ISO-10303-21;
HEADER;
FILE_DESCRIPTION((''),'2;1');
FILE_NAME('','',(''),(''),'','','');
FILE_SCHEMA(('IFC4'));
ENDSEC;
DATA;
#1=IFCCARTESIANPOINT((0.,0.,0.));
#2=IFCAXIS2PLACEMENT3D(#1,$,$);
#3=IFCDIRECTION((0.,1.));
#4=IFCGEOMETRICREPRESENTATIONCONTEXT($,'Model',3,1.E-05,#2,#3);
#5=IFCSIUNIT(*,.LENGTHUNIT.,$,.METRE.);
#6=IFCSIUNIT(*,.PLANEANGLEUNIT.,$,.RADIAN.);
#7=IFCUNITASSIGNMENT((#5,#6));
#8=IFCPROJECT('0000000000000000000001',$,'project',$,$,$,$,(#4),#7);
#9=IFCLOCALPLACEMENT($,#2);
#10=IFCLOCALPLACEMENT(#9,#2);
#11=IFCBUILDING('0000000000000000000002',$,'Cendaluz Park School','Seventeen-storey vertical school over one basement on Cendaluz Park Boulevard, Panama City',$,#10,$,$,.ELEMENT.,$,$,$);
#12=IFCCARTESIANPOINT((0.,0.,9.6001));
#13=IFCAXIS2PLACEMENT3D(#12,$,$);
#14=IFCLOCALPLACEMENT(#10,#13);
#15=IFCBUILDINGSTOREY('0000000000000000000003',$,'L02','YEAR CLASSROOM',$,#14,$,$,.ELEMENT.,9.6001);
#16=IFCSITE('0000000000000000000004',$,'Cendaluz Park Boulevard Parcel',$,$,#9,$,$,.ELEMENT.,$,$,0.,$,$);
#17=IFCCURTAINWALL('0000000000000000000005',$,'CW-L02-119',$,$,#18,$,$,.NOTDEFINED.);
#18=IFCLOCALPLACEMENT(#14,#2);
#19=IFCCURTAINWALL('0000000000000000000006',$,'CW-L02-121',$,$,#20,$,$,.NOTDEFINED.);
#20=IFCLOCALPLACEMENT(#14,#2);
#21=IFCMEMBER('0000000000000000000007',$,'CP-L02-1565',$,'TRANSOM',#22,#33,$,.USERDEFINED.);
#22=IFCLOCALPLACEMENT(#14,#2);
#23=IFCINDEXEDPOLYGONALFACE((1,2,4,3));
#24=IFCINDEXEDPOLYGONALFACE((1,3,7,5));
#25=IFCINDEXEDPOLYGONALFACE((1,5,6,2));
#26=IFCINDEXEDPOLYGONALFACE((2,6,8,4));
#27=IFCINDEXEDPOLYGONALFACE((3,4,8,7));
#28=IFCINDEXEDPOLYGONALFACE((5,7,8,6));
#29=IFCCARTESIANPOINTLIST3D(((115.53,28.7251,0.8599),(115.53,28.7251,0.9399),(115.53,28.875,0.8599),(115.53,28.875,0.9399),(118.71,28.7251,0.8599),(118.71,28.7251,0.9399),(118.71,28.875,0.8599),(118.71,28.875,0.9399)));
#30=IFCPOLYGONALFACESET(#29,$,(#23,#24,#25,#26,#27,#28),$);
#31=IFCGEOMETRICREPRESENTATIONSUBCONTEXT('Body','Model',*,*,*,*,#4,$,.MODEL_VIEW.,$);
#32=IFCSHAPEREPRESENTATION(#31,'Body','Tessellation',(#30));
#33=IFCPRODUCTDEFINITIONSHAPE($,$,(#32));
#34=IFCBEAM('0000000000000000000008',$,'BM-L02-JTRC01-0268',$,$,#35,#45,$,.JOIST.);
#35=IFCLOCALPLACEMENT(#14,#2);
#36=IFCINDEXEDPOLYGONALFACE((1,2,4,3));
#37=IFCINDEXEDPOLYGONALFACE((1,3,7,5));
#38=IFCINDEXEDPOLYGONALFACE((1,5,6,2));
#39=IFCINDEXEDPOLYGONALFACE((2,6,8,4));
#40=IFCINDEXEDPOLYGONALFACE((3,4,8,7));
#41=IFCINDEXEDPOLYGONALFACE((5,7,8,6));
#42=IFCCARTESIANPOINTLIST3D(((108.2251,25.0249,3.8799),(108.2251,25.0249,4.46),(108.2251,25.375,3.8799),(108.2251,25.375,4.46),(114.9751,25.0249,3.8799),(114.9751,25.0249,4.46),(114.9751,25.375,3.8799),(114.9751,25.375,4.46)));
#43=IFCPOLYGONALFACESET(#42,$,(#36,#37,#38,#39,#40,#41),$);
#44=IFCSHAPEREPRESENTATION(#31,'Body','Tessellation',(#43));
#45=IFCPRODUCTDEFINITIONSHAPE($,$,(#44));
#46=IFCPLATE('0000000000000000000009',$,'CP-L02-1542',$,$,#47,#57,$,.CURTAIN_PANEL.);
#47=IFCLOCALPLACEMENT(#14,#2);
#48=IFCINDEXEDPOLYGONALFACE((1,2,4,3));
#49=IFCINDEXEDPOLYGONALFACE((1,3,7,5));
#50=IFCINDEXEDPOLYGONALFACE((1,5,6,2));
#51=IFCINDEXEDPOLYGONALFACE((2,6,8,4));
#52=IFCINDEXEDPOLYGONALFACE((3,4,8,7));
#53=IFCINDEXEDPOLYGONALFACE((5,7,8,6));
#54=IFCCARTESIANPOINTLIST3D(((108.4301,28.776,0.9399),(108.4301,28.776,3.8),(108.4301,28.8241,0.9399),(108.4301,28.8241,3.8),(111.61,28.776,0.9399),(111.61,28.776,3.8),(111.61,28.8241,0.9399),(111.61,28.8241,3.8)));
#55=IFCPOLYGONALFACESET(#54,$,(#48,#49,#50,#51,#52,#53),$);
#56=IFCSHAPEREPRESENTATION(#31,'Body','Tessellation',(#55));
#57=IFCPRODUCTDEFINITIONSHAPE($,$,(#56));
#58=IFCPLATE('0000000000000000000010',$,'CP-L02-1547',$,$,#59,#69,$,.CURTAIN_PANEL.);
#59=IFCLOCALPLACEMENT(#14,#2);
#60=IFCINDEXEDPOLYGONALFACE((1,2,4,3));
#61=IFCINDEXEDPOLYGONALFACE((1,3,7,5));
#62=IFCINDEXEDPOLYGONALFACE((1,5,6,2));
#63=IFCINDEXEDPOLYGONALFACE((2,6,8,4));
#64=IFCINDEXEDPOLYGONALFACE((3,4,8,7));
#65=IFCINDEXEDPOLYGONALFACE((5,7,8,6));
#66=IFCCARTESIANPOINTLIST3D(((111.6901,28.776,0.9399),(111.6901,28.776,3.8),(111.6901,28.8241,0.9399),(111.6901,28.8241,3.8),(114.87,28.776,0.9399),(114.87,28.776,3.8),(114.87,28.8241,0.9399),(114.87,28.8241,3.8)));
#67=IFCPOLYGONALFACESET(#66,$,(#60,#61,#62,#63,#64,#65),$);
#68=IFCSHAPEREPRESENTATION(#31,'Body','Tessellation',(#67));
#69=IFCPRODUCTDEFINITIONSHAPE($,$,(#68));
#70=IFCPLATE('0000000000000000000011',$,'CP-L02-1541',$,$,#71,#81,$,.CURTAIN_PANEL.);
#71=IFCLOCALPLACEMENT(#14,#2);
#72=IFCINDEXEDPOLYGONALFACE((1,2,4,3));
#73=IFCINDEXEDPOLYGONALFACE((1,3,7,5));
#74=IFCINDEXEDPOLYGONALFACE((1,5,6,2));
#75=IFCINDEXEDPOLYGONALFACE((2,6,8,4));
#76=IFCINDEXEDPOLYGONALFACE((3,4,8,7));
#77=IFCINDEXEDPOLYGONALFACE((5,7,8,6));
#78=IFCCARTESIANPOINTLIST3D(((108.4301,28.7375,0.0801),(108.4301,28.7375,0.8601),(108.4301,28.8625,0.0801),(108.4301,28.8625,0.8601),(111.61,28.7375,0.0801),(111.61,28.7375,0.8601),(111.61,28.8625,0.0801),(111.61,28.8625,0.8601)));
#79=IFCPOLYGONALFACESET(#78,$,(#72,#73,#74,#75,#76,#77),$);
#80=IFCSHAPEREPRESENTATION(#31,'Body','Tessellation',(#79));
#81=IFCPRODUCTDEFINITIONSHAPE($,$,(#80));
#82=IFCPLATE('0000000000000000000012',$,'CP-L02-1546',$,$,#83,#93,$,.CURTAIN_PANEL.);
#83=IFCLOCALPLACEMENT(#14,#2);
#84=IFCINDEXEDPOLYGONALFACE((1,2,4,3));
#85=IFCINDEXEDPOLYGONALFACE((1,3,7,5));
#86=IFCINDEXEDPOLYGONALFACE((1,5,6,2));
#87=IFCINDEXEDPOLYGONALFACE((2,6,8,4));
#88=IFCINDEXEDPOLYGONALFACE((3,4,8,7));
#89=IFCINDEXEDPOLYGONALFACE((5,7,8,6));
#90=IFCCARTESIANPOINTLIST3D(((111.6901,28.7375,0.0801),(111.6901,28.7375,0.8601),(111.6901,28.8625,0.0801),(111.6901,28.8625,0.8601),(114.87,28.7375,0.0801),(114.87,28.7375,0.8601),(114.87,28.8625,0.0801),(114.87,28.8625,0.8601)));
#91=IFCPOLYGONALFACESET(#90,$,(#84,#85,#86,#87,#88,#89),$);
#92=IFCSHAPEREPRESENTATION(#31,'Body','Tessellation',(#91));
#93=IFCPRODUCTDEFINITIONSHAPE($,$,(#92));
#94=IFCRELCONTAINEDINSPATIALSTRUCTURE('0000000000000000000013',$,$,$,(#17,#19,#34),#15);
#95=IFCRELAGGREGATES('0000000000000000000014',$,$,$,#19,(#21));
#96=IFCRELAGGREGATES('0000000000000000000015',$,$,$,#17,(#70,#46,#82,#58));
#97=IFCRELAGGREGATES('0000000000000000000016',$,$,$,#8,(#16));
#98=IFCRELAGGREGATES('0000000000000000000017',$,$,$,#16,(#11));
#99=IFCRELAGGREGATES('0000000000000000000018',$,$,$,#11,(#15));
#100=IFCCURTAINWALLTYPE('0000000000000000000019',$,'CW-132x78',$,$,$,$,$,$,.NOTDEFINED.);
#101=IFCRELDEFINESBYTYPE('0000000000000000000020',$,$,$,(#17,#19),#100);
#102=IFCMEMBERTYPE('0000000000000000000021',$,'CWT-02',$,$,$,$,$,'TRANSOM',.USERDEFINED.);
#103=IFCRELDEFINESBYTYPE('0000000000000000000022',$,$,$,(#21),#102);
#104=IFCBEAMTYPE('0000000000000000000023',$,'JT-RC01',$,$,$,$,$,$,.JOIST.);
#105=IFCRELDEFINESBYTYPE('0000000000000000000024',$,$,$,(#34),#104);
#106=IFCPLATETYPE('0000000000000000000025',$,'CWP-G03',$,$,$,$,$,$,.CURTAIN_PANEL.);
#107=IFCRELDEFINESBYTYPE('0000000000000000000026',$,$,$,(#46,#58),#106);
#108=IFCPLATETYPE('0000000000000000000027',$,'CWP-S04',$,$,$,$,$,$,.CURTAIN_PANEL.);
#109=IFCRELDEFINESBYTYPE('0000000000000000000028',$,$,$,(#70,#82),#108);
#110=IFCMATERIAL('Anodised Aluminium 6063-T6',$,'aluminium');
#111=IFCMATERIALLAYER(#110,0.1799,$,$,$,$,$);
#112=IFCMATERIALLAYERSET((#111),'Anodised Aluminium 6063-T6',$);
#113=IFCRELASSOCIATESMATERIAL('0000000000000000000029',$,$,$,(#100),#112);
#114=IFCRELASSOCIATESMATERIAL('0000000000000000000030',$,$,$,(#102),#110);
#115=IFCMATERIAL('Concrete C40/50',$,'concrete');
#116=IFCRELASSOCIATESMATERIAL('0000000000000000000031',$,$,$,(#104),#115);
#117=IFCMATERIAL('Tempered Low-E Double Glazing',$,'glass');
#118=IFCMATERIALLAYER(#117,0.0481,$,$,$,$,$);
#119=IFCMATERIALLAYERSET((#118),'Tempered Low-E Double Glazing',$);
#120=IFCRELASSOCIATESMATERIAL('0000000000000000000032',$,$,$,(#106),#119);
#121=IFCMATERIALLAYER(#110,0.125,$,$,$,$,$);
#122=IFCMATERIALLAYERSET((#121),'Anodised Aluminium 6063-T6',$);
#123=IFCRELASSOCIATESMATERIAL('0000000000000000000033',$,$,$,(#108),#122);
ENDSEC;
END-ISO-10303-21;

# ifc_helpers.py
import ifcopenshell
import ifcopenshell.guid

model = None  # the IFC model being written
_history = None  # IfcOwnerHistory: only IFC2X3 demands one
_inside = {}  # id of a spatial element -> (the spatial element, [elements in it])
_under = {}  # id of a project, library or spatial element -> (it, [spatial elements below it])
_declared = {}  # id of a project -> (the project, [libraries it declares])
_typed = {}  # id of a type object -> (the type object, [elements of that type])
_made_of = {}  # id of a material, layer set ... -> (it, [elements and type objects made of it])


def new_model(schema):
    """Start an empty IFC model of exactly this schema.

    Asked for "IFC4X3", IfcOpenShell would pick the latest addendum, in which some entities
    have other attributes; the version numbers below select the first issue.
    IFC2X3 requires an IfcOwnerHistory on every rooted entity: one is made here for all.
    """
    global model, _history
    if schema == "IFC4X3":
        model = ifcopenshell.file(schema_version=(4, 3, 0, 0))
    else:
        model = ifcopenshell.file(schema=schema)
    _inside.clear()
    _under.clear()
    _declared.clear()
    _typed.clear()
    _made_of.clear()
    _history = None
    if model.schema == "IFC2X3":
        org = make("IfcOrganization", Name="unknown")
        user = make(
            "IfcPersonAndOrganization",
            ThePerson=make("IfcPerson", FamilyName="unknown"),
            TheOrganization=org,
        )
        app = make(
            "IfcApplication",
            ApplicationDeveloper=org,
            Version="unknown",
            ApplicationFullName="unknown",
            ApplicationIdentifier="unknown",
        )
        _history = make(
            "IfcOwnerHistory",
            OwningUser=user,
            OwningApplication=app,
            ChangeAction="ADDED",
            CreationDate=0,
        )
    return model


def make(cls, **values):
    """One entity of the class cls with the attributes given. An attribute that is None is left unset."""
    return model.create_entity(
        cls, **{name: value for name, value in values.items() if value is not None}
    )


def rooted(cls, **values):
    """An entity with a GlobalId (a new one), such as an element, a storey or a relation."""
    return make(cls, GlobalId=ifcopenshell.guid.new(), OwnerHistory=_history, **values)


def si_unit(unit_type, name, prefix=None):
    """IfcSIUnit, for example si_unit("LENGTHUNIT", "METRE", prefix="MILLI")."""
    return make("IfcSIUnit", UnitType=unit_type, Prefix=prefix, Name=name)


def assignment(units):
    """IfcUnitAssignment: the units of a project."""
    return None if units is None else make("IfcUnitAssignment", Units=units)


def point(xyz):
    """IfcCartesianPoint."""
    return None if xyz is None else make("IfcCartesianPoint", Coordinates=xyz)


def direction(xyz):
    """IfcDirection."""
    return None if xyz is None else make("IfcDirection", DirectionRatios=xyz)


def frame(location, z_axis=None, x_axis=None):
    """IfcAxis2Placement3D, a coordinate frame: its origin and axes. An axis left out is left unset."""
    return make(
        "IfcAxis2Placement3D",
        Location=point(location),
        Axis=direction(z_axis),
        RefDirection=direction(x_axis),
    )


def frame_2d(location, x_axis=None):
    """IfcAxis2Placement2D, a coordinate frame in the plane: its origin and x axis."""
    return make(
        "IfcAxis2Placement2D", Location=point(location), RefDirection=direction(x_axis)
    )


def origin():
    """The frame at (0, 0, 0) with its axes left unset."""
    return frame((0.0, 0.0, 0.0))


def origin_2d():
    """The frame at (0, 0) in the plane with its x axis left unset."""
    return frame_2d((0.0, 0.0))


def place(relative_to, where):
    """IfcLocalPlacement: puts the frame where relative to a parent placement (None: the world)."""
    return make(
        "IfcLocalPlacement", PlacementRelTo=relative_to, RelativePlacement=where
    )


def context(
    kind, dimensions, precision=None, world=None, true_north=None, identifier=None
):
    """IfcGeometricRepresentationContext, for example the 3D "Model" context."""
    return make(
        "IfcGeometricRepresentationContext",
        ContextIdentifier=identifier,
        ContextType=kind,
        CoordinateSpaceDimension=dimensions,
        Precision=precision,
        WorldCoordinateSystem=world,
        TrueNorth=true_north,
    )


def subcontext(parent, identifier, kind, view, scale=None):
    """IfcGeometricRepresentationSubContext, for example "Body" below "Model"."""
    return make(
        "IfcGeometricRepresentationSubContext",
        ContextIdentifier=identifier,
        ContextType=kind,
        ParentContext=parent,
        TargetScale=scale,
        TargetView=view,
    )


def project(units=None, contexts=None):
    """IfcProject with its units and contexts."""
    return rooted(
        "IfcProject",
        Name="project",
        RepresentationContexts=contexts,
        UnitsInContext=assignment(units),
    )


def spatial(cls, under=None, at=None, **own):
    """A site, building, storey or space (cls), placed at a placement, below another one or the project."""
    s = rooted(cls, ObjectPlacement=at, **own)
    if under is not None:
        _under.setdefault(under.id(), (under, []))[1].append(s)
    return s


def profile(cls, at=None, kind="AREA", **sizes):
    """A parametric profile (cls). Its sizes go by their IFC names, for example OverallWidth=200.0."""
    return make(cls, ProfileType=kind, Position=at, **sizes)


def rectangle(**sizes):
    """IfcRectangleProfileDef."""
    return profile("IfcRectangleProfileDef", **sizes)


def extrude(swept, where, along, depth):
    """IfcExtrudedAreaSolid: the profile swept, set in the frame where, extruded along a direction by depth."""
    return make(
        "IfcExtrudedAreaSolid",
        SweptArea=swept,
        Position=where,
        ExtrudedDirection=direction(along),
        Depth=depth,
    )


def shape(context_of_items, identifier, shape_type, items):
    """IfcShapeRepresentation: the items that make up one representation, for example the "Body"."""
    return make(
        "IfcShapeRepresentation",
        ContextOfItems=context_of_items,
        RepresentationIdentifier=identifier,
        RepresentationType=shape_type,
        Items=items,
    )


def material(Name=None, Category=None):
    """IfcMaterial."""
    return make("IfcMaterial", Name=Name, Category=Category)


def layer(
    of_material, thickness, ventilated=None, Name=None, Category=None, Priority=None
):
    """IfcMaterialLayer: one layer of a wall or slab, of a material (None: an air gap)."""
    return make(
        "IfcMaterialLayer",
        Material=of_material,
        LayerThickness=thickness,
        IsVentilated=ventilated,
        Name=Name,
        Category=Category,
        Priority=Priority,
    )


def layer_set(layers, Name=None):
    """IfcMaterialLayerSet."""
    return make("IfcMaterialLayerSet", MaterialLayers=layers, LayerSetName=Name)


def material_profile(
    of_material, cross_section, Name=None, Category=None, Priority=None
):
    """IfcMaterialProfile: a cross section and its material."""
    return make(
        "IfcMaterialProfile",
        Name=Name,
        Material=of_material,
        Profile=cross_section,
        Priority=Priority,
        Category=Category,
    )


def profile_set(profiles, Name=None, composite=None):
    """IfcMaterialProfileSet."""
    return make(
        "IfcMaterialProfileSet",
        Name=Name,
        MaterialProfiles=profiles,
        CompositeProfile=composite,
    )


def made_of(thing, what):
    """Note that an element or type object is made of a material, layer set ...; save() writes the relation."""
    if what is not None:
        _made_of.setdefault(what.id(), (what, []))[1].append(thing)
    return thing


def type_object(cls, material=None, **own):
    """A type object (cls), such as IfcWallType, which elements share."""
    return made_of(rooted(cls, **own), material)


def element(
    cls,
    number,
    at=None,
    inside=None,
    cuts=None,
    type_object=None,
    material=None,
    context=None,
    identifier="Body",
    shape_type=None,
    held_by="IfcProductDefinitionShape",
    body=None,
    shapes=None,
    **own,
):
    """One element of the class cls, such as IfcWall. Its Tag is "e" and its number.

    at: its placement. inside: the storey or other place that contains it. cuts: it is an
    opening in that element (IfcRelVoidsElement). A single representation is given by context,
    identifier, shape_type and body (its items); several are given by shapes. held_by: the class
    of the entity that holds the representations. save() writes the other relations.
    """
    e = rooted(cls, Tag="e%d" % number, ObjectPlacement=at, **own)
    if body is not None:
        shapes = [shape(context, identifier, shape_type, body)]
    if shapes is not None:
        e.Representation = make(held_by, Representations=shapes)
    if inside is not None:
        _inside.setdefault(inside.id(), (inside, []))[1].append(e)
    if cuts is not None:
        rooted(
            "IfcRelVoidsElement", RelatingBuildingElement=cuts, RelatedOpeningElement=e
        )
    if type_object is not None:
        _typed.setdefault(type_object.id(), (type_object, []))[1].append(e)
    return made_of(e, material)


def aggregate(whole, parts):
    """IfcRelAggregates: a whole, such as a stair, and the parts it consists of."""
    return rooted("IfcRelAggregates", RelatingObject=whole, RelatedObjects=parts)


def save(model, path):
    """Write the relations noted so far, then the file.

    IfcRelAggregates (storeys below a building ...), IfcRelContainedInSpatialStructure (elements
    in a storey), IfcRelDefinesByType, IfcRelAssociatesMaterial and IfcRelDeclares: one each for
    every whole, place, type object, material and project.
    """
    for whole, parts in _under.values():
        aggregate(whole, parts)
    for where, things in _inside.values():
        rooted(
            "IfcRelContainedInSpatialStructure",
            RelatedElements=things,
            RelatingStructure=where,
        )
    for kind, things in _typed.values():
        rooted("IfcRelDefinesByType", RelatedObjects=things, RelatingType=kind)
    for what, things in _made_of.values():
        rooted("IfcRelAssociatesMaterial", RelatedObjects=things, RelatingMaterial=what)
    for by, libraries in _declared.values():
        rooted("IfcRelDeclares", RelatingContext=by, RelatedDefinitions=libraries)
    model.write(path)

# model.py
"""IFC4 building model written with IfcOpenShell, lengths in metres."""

from ifc_helpers import new_model, si_unit, direction, frame, origin, origin_2d, place, context, subcontext, project, spatial, rectangle, extrude, material, layer, layer_set, material_profile, profile_set, type_object, element, aggregate, save


model = new_model("IFC4")

# Units and contexts
model_context = context("Model", 3, precision=1e-05, world=origin(), true_north=direction((0.0, 1.0)))
body_context = subcontext(model_context, "Body", "Model", "MODEL_VIEW")
ifc_project = project(units=[si_unit("LENGTHUNIT", "METRE"), si_unit("PLANEANGLEUNIT", "RADIAN")], contexts=[model_context])

# Site, building, storey
site_placement = place(None, origin())
site = spatial("IfcSite", under=ifc_project, at=site_placement, Name="Cendaluz Park Boulevard Parcel", CompositionType="ELEMENT", RefElevation=0.0)
building_placement = place(site_placement, origin())
building = spatial("IfcBuilding", under=site, at=building_placement, Name="Cendaluz Park School", Description="Seventeen-storey vertical school over one basement on Cendaluz Park Boulevard, Panama City", CompositionType="ELEMENT")
storey_placement = place(building_placement, frame((0.0, 0.0, 9.6001)))
storey = spatial("IfcBuildingStorey", under=building, at=storey_placement, Name="L02", Description="YEAR CLASSROOM", CompositionType="ELEMENT", Elevation=9.6001)

# Shared definitions
ifc_material_1 = material(Name="Concrete C40/50", Category="concrete")

# Curtain wall
ifc_material_2 = material(Name="Anodised Aluminium 6063-T6", Category="aluminium")
ifc_layer_1 = layer(ifc_material_2, 0.1799)
ifc_layer_set_1 = layer_set([ifc_layer_1], Name="Anodised Aluminium 6063-T6")
curtain_wall_type = type_object("IfcCurtainWallType", Name="CW-132x78", PredefinedType="NOTDEFINED", material=ifc_layer_set_1)
curtain_wall_1_placement = place(storey_placement, origin())
curtain_wall_1 = element("IfcCurtainWall", 1, at=curtain_wall_1_placement, inside=storey, type_object=curtain_wall_type, Name="CW-L02-119", PredefinedType="NOTDEFINED")

# Curtain wall
curtain_wall_2_placement = place(storey_placement, origin())
curtain_wall_2 = element("IfcCurtainWall", 2, at=curtain_wall_2_placement, inside=storey, type_object=curtain_wall_type, Name="CW-L02-121", PredefinedType="NOTDEFINED")

# Member
ifc_material_profile_1 = material_profile(ifc_material_2, rectangle(XDim=0.1499, YDim=0.0801, at=origin_2d()), Name="CWT 150x80", Category="aluminium")
ifc_profile_set_1 = profile_set([ifc_material_profile_1], Name="Anodised Aluminium 6063-T6")
member_type_1 = type_object("IfcMemberType", Name="CWT-02", ElementType="TRANSOM", PredefinedType="USERDEFINED", material=ifc_profile_set_1)
member_1_placement = place(storey_placement, frame((115.53, 28.8, 0.8999), z_axis=(1.0, 0.0, 0.0), x_axis=(0.0, 1.0, 0.0)))
member_1 = element("IfcMember", 3, at=member_1_placement, type_object=member_type_1, Name="CP-L02-1565", ObjectType="TRANSOM", PredefinedType="USERDEFINED", context=body_context, shape_type="SweptSolid", body=[
    extrude(rectangle(XDim=0.1499, YDim=0.0801, at=origin_2d()), origin(), (0.0, 0.0, 1.0), 3.1799),
])
aggregate(curtain_wall_2, [member_1])

# Beam
ifc_material_profile_2 = material_profile(ifc_material_1, rectangle(XDim=0.3501, YDim=0.5801, at=origin_2d()), Name="RC 350x580", Category="concrete")
ifc_profile_set_2 = profile_set([ifc_material_profile_2], Name="Concrete C40/50")
beam_type_1 = type_object("IfcBeamType", Name="JT-RC01", PredefinedType="JOIST", material=ifc_profile_set_2)
beam_1_placement = place(storey_placement, frame((108.2251, 25.2, 4.1699), z_axis=(1.0, 0.0, 0.0), x_axis=(0.0, 1.0, 0.0)))
element("IfcBeam", 4, at=beam_1_placement, inside=storey, type_object=beam_type_1, Name="BM-L02-JTRC01-0268", PredefinedType="JOIST", context=body_context, shape_type="SweptSolid", body=[
    extrude(rectangle(XDim=0.3501, YDim=0.5801, at=origin_2d()), origin(), (0.0, 0.0, 1.0), 6.75),
])

# Plates
ifc_material_3 = material(Name="Tempered Low-E Double Glazing", Category="glass")
ifc_layer_2 = layer(ifc_material_3, 0.0481)
ifc_layer_set_2 = layer_set([ifc_layer_2], Name="Tempered Low-E Double Glazing")
plate_type_1 = type_object("IfcPlateType", Name="CWP-G03", PredefinedType="CURTAIN_PANEL", material=ifc_layer_set_2)
plate_1_placement = place(storey_placement, frame((110.02, 28.8, 0.9399), z_axis=(0.0, 0.0, 1.0), x_axis=(1.0, 0.0, 0.0)))
plate_1 = element("IfcPlate", 5, at=plate_1_placement, type_object=plate_type_1, Name="CP-L02-1542", PredefinedType="CURTAIN_PANEL", context=body_context, shape_type="SweptSolid", body=[
    extrude(rectangle(XDim=3.1799, YDim=0.0481, at=origin_2d()), origin(), (0.0, 0.0, 1.0), 2.8601),
])
plate_2_placement = place(storey_placement, frame((113.28, 28.8, 0.9399), z_axis=(0.0, 0.0, 1.0), x_axis=(1.0, 0.0, 0.0)))
plate_2 = element("IfcPlate", 6, at=plate_2_placement, type_object=plate_type_1, Name="CP-L02-1547", PredefinedType="CURTAIN_PANEL", context=body_context, shape_type="SweptSolid", body=[
    extrude(rectangle(XDim=3.1799, YDim=0.0481, at=origin_2d()), origin(), (0.0, 0.0, 1.0), 2.8601),
])
ifc_layer_3 = layer(ifc_material_2, 0.125)
ifc_layer_set_3 = layer_set([ifc_layer_3], Name="Anodised Aluminium 6063-T6")
plate_type_2 = type_object("IfcPlateType", Name="CWP-S04", PredefinedType="CURTAIN_PANEL", material=ifc_layer_set_3)
plate_3_placement = place(storey_placement, frame((110.02, 28.8, 0.0801), z_axis=(0.0, 0.0, 1.0), x_axis=(1.0, 0.0, 0.0)))
plate_3 = element("IfcPlate", 7, at=plate_3_placement, type_object=plate_type_2, Name="CP-L02-1541", PredefinedType="CURTAIN_PANEL", context=body_context, shape_type="SweptSolid", body=[
    extrude(rectangle(XDim=3.1799, YDim=0.125, at=origin_2d()), origin(), (0.0, 0.0, 1.0), 0.78),
])
plate_4_placement = place(storey_placement, frame((113.28, 28.8, 0.0801), z_axis=(0.0, 0.0, 1.0), x_axis=(1.0, 0.0, 0.0)))
plate_4 = element("IfcPlate", 8, at=plate_4_placement, type_object=plate_type_2, Name="CP-L02-1546", PredefinedType="CURTAIN_PANEL", context=body_context, shape_type="SweptSolid", body=[
    extrude(rectangle(XDim=3.1799, YDim=0.125, at=origin_2d()), origin(), (0.0, 0.0, 1.0), 0.78),
])
aggregate(curtain_wall_1, [plate_3, plate_1, plate_4, plate_2])

save(model, "model.ifc")
